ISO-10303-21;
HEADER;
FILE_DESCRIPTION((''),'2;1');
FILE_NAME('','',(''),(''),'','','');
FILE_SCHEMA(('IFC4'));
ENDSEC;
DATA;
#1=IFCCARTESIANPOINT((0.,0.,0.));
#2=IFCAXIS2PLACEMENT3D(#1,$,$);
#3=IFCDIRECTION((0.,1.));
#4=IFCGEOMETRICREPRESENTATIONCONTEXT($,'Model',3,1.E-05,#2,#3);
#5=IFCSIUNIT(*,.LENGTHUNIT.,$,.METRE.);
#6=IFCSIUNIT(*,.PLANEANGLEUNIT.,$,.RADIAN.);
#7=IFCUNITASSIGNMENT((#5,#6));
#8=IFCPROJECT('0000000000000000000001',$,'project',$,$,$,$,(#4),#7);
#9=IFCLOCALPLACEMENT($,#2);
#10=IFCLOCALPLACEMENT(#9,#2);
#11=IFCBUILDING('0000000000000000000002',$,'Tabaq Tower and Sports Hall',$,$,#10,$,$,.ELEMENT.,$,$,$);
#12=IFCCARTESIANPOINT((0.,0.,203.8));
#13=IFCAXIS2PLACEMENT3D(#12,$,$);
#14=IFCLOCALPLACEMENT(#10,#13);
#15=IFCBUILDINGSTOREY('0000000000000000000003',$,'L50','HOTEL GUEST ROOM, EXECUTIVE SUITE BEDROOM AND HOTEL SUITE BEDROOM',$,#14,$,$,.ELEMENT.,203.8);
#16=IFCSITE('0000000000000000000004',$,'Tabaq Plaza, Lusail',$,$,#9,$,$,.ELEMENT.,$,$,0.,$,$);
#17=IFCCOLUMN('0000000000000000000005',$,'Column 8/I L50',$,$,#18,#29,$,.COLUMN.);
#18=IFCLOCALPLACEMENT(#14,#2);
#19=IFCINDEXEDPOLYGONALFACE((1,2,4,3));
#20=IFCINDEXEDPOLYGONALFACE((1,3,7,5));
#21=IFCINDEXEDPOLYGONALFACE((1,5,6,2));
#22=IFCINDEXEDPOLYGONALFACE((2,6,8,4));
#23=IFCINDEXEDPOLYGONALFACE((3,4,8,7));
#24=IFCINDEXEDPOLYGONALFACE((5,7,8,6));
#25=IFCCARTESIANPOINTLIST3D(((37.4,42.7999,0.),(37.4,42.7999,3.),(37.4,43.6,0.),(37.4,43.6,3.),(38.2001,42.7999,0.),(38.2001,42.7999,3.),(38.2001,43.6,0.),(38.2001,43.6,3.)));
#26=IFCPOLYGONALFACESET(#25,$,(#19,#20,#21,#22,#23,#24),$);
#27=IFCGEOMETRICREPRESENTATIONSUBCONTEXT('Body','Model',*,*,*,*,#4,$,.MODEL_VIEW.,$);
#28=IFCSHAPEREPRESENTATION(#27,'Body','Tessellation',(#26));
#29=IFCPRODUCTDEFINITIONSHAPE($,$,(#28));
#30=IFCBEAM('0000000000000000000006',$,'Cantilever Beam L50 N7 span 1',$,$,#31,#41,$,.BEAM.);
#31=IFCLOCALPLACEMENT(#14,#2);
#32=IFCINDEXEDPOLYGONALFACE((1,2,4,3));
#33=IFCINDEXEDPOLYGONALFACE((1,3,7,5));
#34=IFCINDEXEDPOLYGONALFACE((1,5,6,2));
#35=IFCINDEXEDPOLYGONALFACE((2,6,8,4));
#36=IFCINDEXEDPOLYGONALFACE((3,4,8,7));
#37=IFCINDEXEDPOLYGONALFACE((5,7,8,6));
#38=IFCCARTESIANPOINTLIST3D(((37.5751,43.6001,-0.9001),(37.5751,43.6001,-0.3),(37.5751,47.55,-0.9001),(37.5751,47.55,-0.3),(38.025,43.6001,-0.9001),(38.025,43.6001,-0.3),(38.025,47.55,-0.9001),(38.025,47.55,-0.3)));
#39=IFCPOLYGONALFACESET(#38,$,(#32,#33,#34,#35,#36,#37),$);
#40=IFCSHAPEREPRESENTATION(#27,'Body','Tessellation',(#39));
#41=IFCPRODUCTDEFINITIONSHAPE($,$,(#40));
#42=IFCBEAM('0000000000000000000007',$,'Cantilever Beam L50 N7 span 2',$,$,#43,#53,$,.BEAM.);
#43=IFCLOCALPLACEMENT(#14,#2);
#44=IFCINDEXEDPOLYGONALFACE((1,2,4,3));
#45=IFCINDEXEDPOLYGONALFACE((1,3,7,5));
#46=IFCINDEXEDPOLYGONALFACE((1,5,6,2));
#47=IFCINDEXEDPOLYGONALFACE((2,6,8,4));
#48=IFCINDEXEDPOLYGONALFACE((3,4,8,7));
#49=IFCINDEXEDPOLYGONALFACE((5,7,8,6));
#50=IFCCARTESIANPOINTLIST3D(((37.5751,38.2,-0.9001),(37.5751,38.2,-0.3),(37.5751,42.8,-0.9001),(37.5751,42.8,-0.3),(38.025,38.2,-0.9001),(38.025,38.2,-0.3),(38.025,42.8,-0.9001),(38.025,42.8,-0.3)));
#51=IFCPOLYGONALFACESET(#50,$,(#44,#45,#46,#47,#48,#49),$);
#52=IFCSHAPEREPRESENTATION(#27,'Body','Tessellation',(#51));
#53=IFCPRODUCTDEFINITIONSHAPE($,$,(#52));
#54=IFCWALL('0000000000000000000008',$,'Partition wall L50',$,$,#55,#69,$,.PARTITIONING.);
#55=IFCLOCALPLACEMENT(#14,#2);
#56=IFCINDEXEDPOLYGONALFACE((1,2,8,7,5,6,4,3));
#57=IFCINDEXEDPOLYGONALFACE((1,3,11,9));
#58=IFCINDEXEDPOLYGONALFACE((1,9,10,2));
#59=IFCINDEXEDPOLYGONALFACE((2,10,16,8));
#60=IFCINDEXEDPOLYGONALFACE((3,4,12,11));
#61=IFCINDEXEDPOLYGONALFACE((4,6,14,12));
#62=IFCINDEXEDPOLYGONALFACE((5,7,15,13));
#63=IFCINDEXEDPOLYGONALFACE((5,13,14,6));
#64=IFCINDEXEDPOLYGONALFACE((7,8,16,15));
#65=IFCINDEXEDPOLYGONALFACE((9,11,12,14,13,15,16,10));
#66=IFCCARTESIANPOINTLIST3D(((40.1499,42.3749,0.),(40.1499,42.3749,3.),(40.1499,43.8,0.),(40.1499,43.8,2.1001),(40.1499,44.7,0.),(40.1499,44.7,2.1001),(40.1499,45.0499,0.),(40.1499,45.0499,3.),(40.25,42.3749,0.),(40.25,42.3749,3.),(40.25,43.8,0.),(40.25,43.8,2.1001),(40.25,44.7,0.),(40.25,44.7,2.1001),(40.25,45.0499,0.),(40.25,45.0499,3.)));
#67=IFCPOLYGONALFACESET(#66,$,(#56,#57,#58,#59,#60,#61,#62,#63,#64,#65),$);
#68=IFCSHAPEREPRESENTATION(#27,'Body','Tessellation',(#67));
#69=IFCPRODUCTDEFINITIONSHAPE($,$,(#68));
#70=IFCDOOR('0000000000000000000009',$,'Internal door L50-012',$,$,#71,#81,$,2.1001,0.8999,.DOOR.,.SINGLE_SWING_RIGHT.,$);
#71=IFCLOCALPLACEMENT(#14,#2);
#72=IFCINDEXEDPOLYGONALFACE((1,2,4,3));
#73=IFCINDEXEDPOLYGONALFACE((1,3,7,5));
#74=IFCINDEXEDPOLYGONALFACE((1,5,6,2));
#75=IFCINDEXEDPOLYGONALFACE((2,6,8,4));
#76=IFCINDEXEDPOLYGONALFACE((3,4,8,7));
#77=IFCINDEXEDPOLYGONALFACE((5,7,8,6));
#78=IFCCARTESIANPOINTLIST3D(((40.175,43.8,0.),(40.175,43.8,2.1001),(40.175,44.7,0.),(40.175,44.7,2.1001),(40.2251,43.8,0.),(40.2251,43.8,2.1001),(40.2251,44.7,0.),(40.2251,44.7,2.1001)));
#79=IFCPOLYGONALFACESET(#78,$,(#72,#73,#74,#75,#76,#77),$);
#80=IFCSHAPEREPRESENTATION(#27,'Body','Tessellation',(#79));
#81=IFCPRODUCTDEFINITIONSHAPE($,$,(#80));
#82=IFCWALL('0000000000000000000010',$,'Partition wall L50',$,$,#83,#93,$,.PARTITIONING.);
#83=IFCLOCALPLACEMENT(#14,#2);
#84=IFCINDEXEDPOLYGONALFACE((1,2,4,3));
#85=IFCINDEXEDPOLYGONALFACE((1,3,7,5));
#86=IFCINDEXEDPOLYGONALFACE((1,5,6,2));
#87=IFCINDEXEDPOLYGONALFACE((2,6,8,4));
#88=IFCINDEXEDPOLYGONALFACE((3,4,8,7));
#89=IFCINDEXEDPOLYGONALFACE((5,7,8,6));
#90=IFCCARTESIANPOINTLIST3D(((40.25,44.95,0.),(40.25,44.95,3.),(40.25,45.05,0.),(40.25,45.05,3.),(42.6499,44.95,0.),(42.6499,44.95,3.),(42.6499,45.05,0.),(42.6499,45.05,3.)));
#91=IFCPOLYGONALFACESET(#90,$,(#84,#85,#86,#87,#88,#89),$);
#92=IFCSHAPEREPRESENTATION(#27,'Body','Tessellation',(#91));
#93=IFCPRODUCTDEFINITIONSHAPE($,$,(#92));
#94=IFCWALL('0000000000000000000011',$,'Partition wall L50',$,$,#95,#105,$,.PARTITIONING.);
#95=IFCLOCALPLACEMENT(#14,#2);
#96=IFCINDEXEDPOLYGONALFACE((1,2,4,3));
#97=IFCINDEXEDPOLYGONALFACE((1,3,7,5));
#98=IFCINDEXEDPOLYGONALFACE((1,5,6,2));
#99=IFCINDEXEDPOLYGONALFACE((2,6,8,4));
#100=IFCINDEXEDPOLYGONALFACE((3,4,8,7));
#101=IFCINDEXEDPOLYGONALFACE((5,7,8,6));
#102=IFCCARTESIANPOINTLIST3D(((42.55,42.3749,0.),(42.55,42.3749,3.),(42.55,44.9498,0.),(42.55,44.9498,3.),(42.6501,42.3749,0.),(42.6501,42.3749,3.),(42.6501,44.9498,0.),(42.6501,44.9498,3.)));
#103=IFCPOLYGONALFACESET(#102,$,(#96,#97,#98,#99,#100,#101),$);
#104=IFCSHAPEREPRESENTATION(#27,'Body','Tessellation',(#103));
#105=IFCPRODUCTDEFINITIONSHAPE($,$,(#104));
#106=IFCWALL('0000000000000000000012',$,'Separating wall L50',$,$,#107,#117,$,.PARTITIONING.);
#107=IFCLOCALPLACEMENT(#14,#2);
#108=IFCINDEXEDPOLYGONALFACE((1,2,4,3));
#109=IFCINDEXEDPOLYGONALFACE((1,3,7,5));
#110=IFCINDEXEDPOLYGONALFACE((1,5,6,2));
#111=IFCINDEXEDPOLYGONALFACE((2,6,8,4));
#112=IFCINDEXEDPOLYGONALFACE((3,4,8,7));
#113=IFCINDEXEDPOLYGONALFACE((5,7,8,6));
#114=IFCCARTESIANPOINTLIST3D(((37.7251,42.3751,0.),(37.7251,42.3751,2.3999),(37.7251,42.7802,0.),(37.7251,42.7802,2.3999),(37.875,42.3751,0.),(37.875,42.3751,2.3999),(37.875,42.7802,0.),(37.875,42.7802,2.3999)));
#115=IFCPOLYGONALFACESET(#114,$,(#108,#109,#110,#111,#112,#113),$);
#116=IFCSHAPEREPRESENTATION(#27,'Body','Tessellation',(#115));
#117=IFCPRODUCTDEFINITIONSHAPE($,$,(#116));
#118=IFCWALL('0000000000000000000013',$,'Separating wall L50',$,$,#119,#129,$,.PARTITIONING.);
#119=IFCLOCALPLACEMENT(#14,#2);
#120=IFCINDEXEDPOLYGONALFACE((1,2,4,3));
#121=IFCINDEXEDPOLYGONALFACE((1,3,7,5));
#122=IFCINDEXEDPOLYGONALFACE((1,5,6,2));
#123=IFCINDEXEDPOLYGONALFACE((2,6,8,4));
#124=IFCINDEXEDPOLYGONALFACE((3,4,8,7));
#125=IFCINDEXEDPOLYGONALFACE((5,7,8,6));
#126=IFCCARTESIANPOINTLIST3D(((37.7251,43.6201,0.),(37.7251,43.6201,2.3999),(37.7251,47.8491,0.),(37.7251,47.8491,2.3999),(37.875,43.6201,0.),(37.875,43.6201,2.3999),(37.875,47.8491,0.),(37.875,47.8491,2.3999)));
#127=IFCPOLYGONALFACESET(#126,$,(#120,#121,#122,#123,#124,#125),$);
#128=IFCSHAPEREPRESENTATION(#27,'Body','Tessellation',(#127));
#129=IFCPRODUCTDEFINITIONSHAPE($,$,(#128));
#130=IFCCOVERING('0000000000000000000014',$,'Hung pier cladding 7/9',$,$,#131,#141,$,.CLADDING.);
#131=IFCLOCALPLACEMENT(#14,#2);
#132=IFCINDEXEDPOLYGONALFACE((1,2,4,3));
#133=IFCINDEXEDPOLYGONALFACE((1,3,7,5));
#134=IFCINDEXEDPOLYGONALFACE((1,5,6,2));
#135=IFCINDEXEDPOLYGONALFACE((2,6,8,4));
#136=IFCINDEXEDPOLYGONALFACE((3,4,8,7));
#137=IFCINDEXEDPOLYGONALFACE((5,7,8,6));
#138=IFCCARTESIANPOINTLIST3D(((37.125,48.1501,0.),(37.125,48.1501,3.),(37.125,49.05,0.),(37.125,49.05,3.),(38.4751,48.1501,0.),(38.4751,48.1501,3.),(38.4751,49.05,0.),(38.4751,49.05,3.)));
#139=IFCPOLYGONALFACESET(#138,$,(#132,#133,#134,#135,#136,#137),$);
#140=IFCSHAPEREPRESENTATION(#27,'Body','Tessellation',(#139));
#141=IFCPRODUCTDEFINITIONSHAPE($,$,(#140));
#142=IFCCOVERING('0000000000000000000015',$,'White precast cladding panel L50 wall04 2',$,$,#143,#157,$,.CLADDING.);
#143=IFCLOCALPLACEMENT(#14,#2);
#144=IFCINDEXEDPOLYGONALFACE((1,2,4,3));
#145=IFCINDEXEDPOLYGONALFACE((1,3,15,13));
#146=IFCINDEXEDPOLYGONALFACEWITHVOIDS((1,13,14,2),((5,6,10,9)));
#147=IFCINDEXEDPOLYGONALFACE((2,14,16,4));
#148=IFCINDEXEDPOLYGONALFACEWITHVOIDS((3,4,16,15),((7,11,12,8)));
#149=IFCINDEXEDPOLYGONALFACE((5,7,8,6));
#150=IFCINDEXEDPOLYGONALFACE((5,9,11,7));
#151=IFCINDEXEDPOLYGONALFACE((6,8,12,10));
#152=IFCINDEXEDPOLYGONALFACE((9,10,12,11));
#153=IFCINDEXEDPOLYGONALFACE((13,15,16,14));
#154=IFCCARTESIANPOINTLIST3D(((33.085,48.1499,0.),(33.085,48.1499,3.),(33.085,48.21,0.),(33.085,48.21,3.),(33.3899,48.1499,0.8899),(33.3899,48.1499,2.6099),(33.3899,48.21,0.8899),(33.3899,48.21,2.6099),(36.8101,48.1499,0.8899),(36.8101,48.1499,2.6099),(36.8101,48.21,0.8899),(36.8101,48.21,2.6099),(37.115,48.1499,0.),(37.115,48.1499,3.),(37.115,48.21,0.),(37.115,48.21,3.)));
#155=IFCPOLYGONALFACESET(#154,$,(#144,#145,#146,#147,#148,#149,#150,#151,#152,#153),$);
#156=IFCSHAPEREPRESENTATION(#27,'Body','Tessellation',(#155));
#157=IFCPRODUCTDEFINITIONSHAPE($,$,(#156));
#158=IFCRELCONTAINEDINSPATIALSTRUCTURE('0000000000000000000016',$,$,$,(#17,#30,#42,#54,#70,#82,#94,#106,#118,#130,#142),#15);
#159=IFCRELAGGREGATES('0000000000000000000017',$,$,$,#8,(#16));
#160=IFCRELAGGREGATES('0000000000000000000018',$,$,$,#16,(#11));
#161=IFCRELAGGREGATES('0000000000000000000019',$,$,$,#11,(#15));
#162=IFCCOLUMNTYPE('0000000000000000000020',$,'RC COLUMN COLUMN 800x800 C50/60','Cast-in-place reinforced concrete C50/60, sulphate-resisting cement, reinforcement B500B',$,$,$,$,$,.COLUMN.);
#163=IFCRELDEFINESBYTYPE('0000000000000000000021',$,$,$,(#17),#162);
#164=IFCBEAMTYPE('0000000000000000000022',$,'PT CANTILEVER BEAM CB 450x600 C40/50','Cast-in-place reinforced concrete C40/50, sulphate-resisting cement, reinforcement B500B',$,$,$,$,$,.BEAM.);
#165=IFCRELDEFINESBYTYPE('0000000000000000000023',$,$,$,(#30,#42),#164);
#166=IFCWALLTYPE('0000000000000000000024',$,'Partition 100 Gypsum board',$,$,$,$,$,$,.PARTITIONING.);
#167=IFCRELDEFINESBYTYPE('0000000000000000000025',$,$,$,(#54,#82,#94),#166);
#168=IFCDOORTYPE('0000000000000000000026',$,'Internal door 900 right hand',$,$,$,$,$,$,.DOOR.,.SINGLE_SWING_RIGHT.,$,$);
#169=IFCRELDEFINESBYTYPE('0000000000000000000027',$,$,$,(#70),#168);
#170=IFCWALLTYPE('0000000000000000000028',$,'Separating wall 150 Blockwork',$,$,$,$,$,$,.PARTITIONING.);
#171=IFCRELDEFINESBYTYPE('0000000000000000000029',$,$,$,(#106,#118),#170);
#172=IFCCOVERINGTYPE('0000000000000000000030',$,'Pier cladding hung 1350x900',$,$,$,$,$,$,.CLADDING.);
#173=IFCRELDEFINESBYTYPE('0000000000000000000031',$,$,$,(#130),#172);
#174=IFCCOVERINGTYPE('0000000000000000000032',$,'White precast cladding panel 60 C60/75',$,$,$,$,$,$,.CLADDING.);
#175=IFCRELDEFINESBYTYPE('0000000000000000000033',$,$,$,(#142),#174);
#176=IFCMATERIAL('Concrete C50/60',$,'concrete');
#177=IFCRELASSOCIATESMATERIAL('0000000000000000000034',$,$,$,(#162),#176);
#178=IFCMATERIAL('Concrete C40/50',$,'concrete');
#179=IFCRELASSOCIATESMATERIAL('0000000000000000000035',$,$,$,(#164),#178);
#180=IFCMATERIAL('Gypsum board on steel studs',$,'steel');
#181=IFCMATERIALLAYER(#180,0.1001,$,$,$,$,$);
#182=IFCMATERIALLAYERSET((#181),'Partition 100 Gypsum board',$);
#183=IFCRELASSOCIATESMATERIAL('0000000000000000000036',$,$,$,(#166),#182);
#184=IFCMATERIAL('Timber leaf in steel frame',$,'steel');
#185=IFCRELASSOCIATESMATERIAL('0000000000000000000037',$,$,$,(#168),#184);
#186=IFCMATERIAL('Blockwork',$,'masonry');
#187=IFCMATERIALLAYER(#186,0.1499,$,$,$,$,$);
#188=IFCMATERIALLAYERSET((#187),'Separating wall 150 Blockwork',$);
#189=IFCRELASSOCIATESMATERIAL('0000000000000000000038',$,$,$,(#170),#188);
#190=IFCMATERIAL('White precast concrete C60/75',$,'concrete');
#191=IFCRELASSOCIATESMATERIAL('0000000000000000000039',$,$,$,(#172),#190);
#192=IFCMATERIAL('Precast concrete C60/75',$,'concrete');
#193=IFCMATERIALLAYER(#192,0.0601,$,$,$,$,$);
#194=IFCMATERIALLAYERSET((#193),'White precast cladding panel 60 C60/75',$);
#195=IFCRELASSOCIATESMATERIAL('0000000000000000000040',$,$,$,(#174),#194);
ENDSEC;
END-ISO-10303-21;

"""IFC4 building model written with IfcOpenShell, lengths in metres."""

from ifc_helpers import new_model, si_unit, direction, frame, frame_2d, origin, origin_2d, place, context, subcontext, project, spatial, polyline, rectangle, outline, extrude, material, layer, layer_set, material_profile, profile_set, type_object, element, fill, save


model = new_model("IFC4")

# Units and contexts
model_context = context("Model", 3, precision=1e-05, world=origin(), true_north=direction((0.0, 1.0)))
body_context = subcontext(model_context, "Body", "Model", "MODEL_VIEW")
ifc_project = project(units=[si_unit("LENGTHUNIT", "METRE"), si_unit("PLANEANGLEUNIT", "RADIAN")], contexts=[model_context])

# Site, building, storey
site_placement = place(None, origin())
site = spatial("IfcSite", under=ifc_project, at=site_placement, Name="Tabaq Plaza, Lusail", CompositionType="ELEMENT", RefElevation=0.0)
building_placement = place(site_placement, origin())
building = spatial("IfcBuilding", under=site, at=building_placement, Name="Tabaq Tower and Sports Hall", CompositionType="ELEMENT")
storey_placement = place(building_placement, frame((0.0, 0.0, 203.8)))
storey = spatial("IfcBuildingStorey", under=building, at=storey_placement, Name="L50", Description="HOTEL GUEST ROOM, EXECUTIVE SUITE BEDROOM AND HOTEL SUITE BEDROOM", CompositionType="ELEMENT", Elevation=203.8)

# Column
ifc_material_1 = material(Name="Concrete C50/60", Category="concrete")
ifc_material_profile_1 = material_profile(ifc_material_1, rectangle(XDim=0.8, YDim=0.8, at=origin_2d()), Name="COLUMN 800x800")
ifc_profile_set_1 = profile_set([ifc_material_profile_1], Name="Concrete C50/60")
column_type = type_object("IfcColumnType", Name="RC COLUMN COLUMN 800x800 C50/60", Description="Cast-in-place reinforced concrete C50/60, sulphate-resisting cement, reinforcement B500B", PredefinedType="COLUMN", material=ifc_profile_set_1)
column_placement = place(storey_placement, frame((37.8, 43.2, 0.0), z_axis=(0.0, 0.0, 1.0), x_axis=(1.0, 0.0, 0.0)))
element("IfcColumn", 1, at=column_placement, inside=storey, type_object=column_type, Name="Column 8/I L50", PredefinedType="COLUMN", context=body_context, shape_type="SweptSolid", body=[
    extrude(rectangle(XDim=0.8, YDim=0.8, at=origin_2d()), origin(), (0.0, 0.0, 1.0), 3.0),
])

# Beams
ifc_material_2 = material(Name="Concrete C40/50", Category="concrete")
ifc_material_profile_2 = material_profile(ifc_material_2, rectangle(XDim=0.45, YDim=0.6001, at=origin_2d()), Name="CB 450x600")
ifc_profile_set_2 = profile_set([ifc_material_profile_2], Name="Concrete C40/50")
beam_type = type_object("IfcBeamType", Name="PT CANTILEVER BEAM CB 450x600 C40/50", Description="Cast-in-place reinforced concrete C40/50, sulphate-resisting cement, reinforcement B500B", PredefinedType="BEAM", material=ifc_profile_set_2)
beam_1_placement = place(storey_placement, frame((37.8, 47.55, -0.6001), z_axis=(0.0, -1.0, 0.0), x_axis=(1.0, 0.0, 0.0)))
element("IfcBeam", 2, at=beam_1_placement, inside=storey, type_object=beam_type, Name="Cantilever Beam L50 N7 span 1", PredefinedType="BEAM", context=body_context, shape_type="SweptSolid", body=[
    extrude(rectangle(XDim=0.45, YDim=0.6001, at=origin_2d()), origin(), (0.0, 0.0, 1.0), 3.95),
])
beam_2_placement = place(storey_placement, frame((37.8, 42.8, -0.6001), z_axis=(0.0, -1.0, 0.0), x_axis=(1.0, 0.0, 0.0)))
element("IfcBeam", 3, at=beam_2_placement, inside=storey, type_object=beam_type, Name="Cantilever Beam L50 N7 span 2", PredefinedType="BEAM", context=body_context, shape_type="SweptSolid", body=[
    extrude(rectangle(XDim=0.45, YDim=0.6001, at=origin_2d()), origin(), (0.0, 0.0, 1.0), 4.6001),
])

# Wall, opening, door
ifc_material_3 = material(Name="Gypsum board on steel studs", Category="steel")
ifc_layer_1 = layer(ifc_material_3, 0.1001)
ifc_layer_set_1 = layer_set([ifc_layer_1], Name="Partition 100 Gypsum board")
wall_type_1 = type_object("IfcWallType", Name="Partition 100 Gypsum board", PredefinedType="PARTITIONING", material=ifc_layer_set_1)
wall_1_placement = place(storey_placement, frame((40.2, 42.375, 0.0), z_axis=(0.0, 0.0, 1.0), x_axis=(0.0, 1.0, 0.0)))
wall_1 = element("IfcWall", 4, at=wall_1_placement, inside=storey, type_object=wall_type_1, Name="Partition wall L50", PredefinedType="PARTITIONING", context=body_context, shape_type="SweptSolid", body=[
    extrude(rectangle(XDim=2.675, YDim=0.1001, at=frame_2d((1.3374, 0.0))), origin(), (0.0, 0.0, 1.0), 3.0),
])
opening_placement = place(wall_1_placement, frame((1.425, 0.0, 0.0)))
opening = element("IfcOpeningElement", 5, at=opening_placement, cuts=wall_1, PredefinedType="OPENING", context=body_context, shape_type="SweptSolid", body=[
    extrude(rectangle(XDim=0.8999, YDim=2.1001, at=frame_2d((0.45, 1.05))), frame((0.0, 0.05, 0.0), z_axis=(0.0, -1.0, 0.0), x_axis=(1.0, 0.0, 0.0)), (0.0, 0.0, 1.0), 0.1001),
])
ifc_material_4 = material(Name="Timber leaf in steel frame", Category="steel")
door_type = type_object("IfcDoorType", Name="Internal door 900 right hand", OperationType="SINGLE_SWING_RIGHT", PredefinedType="DOOR", material=ifc_material_4)
door_placement = place(opening_placement, origin())
door = element("IfcDoor", 6, at=door_placement, inside=storey, type_object=door_type, Name="Internal door L50-012", OperationType="SINGLE_SWING_RIGHT", OverallHeight=2.1001, OverallWidth=0.8999, PredefinedType="DOOR", context=body_context, shape_type="SweptSolid", body=[
    extrude(rectangle(XDim=0.8999, YDim=2.1001, at=frame_2d((0.45, 1.05))), frame((0.0, 0.0249, 0.0), z_axis=(0.0, -1.0, 0.0), x_axis=(1.0, 0.0, 0.0)), (0.0, 0.0, 1.0), 0.05),
])
fill(opening, door)

# Walls
wall_2_placement = place(storey_placement, frame((40.25, 45.0, 0.0), z_axis=(0.0, 0.0, 1.0), x_axis=(1.0, 0.0, 0.0)))
element("IfcWall", 7, at=wall_2_placement, inside=storey, type_object=wall_type_1, Name="Partition wall L50", PredefinedType="PARTITIONING", context=body_context, shape_type="SweptSolid", body=[
    extrude(rectangle(XDim=2.3999, YDim=0.1001, at=frame_2d((1.2, 0.0))), origin(), (0.0, 0.0, 1.0), 3.0),
])
wall_3_placement = place(storey_placement, frame((42.6001, 44.95, 0.0), z_axis=(0.0, 0.0, 1.0), x_axis=(0.0, -1.0, 0.0)))
element("IfcWall", 8, at=wall_3_placement, inside=storey, type_object=wall_type_1, Name="Partition wall L50", PredefinedType="PARTITIONING", context=body_context, shape_type="SweptSolid", body=[
    extrude(rectangle(XDim=2.575, YDim=0.1001, at=frame_2d((1.2876, 0.0))), origin(), (0.0, 0.0, 1.0), 3.0),
])
ifc_material_5 = material(Name="Blockwork", Category="masonry")
ifc_layer_2 = layer(ifc_material_5, 0.1499)
ifc_layer_set_2 = layer_set([ifc_layer_2], Name="Separating wall 150 Blockwork")
wall_type_2 = type_object("IfcWallType", Name="Separating wall 150 Blockwork", PredefinedType="PARTITIONING", material=ifc_layer_set_2)
wall_4_placement = place(storey_placement, frame((37.8, 42.375, 0.0), z_axis=(0.0, 0.0, 1.0), x_axis=(0.0, 1.0, 0.0)))
element("IfcWall", 9, at=wall_4_placement, inside=storey, type_object=wall_type_2, Name="Separating wall L50", PredefinedType="PARTITIONING", context=body_context, shape_type="SweptSolid", body=[
    extrude(rectangle(XDim=0.405, YDim=0.1499, at=frame_2d((0.2026, 0.0))), origin(), (0.0, 0.0, 1.0), 2.3999),
])
wall_5_placement = place(storey_placement, frame((37.8, 43.6201, 0.0), z_axis=(0.0, 0.0, 1.0), x_axis=(0.0, 1.0, 0.0)))
element("IfcWall", 10, at=wall_5_placement, inside=storey, type_object=wall_type_2, Name="Separating wall L50", PredefinedType="PARTITIONING", context=body_context, shape_type="SweptSolid", body=[
    extrude(rectangle(XDim=4.229, YDim=0.1499, at=frame_2d((2.1145, 0.0))), origin(), (0.0, 0.0, 1.0), 2.3999),
])

# Coverings
ifc_material_6 = material(Name="White precast concrete C60/75", Category="concrete")
covering_type_1 = type_object("IfcCoveringType", Name="Pier cladding hung 1350x900", PredefinedType="CLADDING", material=ifc_material_6)
covering_1_placement = place(storey_placement, frame((38.4751, 48.6001, 0.0), z_axis=(0.0, 0.0, 1.0), x_axis=(-1.0, 0.0, 0.0)))
element("IfcCovering", 11, at=covering_1_placement, inside=storey, type_object=covering_type_1, Name="Hung pier cladding 7/9", PredefinedType="CLADDING", context=body_context, shape_type="SweptSolid", body=[
    extrude(rectangle(XDim=1.3501, YDim=0.8999, at=frame_2d((0.675, 0.0))), origin(), (0.0, 0.0, 1.0), 3.0),
])
ifc_material_7 = material(Name="Precast concrete C60/75", Category="concrete")
ifc_layer_3 = layer(ifc_material_7, 0.0601)
ifc_layer_set_3 = layer_set([ifc_layer_3], Name="White precast cladding panel 60 C60/75")
covering_type_2 = type_object("IfcCoveringType", Name="White precast cladding panel 60 C60/75", PredefinedType="CLADDING", material=ifc_layer_set_3)
covering_2_placement = place(storey_placement, frame((37.115, 48.1799, 0.0), z_axis=(0.0, 0.0, 1.0), x_axis=(-1.0, 0.0, 0.0)))
element("IfcCovering", 12, at=covering_2_placement, inside=storey, type_object=covering_type_2, Name="White precast cladding panel L50 wall04 2", PredefinedType="CLADDING", context=body_context, shape_type="SweptSolid", body=[
    extrude(outline(polyline([(0.0, 0.0), (4.03, 0.0), (4.03, 3.0), (0.0, 3.0), (0.0, 0.0)]), holes=[polyline([(0.3049, 0.8899), (0.3049, 2.6099), (3.7251, 2.6099), (3.7251, 0.8899), (0.3049, 0.8899)])]), frame((0.0, 0.03, 0.0), z_axis=(0.0, -1.0, 0.0), x_axis=(1.0, 0.0, 0.0)), (0.0, 0.0, 1.0), 0.0601),
])

save(model, "model.ifc")
